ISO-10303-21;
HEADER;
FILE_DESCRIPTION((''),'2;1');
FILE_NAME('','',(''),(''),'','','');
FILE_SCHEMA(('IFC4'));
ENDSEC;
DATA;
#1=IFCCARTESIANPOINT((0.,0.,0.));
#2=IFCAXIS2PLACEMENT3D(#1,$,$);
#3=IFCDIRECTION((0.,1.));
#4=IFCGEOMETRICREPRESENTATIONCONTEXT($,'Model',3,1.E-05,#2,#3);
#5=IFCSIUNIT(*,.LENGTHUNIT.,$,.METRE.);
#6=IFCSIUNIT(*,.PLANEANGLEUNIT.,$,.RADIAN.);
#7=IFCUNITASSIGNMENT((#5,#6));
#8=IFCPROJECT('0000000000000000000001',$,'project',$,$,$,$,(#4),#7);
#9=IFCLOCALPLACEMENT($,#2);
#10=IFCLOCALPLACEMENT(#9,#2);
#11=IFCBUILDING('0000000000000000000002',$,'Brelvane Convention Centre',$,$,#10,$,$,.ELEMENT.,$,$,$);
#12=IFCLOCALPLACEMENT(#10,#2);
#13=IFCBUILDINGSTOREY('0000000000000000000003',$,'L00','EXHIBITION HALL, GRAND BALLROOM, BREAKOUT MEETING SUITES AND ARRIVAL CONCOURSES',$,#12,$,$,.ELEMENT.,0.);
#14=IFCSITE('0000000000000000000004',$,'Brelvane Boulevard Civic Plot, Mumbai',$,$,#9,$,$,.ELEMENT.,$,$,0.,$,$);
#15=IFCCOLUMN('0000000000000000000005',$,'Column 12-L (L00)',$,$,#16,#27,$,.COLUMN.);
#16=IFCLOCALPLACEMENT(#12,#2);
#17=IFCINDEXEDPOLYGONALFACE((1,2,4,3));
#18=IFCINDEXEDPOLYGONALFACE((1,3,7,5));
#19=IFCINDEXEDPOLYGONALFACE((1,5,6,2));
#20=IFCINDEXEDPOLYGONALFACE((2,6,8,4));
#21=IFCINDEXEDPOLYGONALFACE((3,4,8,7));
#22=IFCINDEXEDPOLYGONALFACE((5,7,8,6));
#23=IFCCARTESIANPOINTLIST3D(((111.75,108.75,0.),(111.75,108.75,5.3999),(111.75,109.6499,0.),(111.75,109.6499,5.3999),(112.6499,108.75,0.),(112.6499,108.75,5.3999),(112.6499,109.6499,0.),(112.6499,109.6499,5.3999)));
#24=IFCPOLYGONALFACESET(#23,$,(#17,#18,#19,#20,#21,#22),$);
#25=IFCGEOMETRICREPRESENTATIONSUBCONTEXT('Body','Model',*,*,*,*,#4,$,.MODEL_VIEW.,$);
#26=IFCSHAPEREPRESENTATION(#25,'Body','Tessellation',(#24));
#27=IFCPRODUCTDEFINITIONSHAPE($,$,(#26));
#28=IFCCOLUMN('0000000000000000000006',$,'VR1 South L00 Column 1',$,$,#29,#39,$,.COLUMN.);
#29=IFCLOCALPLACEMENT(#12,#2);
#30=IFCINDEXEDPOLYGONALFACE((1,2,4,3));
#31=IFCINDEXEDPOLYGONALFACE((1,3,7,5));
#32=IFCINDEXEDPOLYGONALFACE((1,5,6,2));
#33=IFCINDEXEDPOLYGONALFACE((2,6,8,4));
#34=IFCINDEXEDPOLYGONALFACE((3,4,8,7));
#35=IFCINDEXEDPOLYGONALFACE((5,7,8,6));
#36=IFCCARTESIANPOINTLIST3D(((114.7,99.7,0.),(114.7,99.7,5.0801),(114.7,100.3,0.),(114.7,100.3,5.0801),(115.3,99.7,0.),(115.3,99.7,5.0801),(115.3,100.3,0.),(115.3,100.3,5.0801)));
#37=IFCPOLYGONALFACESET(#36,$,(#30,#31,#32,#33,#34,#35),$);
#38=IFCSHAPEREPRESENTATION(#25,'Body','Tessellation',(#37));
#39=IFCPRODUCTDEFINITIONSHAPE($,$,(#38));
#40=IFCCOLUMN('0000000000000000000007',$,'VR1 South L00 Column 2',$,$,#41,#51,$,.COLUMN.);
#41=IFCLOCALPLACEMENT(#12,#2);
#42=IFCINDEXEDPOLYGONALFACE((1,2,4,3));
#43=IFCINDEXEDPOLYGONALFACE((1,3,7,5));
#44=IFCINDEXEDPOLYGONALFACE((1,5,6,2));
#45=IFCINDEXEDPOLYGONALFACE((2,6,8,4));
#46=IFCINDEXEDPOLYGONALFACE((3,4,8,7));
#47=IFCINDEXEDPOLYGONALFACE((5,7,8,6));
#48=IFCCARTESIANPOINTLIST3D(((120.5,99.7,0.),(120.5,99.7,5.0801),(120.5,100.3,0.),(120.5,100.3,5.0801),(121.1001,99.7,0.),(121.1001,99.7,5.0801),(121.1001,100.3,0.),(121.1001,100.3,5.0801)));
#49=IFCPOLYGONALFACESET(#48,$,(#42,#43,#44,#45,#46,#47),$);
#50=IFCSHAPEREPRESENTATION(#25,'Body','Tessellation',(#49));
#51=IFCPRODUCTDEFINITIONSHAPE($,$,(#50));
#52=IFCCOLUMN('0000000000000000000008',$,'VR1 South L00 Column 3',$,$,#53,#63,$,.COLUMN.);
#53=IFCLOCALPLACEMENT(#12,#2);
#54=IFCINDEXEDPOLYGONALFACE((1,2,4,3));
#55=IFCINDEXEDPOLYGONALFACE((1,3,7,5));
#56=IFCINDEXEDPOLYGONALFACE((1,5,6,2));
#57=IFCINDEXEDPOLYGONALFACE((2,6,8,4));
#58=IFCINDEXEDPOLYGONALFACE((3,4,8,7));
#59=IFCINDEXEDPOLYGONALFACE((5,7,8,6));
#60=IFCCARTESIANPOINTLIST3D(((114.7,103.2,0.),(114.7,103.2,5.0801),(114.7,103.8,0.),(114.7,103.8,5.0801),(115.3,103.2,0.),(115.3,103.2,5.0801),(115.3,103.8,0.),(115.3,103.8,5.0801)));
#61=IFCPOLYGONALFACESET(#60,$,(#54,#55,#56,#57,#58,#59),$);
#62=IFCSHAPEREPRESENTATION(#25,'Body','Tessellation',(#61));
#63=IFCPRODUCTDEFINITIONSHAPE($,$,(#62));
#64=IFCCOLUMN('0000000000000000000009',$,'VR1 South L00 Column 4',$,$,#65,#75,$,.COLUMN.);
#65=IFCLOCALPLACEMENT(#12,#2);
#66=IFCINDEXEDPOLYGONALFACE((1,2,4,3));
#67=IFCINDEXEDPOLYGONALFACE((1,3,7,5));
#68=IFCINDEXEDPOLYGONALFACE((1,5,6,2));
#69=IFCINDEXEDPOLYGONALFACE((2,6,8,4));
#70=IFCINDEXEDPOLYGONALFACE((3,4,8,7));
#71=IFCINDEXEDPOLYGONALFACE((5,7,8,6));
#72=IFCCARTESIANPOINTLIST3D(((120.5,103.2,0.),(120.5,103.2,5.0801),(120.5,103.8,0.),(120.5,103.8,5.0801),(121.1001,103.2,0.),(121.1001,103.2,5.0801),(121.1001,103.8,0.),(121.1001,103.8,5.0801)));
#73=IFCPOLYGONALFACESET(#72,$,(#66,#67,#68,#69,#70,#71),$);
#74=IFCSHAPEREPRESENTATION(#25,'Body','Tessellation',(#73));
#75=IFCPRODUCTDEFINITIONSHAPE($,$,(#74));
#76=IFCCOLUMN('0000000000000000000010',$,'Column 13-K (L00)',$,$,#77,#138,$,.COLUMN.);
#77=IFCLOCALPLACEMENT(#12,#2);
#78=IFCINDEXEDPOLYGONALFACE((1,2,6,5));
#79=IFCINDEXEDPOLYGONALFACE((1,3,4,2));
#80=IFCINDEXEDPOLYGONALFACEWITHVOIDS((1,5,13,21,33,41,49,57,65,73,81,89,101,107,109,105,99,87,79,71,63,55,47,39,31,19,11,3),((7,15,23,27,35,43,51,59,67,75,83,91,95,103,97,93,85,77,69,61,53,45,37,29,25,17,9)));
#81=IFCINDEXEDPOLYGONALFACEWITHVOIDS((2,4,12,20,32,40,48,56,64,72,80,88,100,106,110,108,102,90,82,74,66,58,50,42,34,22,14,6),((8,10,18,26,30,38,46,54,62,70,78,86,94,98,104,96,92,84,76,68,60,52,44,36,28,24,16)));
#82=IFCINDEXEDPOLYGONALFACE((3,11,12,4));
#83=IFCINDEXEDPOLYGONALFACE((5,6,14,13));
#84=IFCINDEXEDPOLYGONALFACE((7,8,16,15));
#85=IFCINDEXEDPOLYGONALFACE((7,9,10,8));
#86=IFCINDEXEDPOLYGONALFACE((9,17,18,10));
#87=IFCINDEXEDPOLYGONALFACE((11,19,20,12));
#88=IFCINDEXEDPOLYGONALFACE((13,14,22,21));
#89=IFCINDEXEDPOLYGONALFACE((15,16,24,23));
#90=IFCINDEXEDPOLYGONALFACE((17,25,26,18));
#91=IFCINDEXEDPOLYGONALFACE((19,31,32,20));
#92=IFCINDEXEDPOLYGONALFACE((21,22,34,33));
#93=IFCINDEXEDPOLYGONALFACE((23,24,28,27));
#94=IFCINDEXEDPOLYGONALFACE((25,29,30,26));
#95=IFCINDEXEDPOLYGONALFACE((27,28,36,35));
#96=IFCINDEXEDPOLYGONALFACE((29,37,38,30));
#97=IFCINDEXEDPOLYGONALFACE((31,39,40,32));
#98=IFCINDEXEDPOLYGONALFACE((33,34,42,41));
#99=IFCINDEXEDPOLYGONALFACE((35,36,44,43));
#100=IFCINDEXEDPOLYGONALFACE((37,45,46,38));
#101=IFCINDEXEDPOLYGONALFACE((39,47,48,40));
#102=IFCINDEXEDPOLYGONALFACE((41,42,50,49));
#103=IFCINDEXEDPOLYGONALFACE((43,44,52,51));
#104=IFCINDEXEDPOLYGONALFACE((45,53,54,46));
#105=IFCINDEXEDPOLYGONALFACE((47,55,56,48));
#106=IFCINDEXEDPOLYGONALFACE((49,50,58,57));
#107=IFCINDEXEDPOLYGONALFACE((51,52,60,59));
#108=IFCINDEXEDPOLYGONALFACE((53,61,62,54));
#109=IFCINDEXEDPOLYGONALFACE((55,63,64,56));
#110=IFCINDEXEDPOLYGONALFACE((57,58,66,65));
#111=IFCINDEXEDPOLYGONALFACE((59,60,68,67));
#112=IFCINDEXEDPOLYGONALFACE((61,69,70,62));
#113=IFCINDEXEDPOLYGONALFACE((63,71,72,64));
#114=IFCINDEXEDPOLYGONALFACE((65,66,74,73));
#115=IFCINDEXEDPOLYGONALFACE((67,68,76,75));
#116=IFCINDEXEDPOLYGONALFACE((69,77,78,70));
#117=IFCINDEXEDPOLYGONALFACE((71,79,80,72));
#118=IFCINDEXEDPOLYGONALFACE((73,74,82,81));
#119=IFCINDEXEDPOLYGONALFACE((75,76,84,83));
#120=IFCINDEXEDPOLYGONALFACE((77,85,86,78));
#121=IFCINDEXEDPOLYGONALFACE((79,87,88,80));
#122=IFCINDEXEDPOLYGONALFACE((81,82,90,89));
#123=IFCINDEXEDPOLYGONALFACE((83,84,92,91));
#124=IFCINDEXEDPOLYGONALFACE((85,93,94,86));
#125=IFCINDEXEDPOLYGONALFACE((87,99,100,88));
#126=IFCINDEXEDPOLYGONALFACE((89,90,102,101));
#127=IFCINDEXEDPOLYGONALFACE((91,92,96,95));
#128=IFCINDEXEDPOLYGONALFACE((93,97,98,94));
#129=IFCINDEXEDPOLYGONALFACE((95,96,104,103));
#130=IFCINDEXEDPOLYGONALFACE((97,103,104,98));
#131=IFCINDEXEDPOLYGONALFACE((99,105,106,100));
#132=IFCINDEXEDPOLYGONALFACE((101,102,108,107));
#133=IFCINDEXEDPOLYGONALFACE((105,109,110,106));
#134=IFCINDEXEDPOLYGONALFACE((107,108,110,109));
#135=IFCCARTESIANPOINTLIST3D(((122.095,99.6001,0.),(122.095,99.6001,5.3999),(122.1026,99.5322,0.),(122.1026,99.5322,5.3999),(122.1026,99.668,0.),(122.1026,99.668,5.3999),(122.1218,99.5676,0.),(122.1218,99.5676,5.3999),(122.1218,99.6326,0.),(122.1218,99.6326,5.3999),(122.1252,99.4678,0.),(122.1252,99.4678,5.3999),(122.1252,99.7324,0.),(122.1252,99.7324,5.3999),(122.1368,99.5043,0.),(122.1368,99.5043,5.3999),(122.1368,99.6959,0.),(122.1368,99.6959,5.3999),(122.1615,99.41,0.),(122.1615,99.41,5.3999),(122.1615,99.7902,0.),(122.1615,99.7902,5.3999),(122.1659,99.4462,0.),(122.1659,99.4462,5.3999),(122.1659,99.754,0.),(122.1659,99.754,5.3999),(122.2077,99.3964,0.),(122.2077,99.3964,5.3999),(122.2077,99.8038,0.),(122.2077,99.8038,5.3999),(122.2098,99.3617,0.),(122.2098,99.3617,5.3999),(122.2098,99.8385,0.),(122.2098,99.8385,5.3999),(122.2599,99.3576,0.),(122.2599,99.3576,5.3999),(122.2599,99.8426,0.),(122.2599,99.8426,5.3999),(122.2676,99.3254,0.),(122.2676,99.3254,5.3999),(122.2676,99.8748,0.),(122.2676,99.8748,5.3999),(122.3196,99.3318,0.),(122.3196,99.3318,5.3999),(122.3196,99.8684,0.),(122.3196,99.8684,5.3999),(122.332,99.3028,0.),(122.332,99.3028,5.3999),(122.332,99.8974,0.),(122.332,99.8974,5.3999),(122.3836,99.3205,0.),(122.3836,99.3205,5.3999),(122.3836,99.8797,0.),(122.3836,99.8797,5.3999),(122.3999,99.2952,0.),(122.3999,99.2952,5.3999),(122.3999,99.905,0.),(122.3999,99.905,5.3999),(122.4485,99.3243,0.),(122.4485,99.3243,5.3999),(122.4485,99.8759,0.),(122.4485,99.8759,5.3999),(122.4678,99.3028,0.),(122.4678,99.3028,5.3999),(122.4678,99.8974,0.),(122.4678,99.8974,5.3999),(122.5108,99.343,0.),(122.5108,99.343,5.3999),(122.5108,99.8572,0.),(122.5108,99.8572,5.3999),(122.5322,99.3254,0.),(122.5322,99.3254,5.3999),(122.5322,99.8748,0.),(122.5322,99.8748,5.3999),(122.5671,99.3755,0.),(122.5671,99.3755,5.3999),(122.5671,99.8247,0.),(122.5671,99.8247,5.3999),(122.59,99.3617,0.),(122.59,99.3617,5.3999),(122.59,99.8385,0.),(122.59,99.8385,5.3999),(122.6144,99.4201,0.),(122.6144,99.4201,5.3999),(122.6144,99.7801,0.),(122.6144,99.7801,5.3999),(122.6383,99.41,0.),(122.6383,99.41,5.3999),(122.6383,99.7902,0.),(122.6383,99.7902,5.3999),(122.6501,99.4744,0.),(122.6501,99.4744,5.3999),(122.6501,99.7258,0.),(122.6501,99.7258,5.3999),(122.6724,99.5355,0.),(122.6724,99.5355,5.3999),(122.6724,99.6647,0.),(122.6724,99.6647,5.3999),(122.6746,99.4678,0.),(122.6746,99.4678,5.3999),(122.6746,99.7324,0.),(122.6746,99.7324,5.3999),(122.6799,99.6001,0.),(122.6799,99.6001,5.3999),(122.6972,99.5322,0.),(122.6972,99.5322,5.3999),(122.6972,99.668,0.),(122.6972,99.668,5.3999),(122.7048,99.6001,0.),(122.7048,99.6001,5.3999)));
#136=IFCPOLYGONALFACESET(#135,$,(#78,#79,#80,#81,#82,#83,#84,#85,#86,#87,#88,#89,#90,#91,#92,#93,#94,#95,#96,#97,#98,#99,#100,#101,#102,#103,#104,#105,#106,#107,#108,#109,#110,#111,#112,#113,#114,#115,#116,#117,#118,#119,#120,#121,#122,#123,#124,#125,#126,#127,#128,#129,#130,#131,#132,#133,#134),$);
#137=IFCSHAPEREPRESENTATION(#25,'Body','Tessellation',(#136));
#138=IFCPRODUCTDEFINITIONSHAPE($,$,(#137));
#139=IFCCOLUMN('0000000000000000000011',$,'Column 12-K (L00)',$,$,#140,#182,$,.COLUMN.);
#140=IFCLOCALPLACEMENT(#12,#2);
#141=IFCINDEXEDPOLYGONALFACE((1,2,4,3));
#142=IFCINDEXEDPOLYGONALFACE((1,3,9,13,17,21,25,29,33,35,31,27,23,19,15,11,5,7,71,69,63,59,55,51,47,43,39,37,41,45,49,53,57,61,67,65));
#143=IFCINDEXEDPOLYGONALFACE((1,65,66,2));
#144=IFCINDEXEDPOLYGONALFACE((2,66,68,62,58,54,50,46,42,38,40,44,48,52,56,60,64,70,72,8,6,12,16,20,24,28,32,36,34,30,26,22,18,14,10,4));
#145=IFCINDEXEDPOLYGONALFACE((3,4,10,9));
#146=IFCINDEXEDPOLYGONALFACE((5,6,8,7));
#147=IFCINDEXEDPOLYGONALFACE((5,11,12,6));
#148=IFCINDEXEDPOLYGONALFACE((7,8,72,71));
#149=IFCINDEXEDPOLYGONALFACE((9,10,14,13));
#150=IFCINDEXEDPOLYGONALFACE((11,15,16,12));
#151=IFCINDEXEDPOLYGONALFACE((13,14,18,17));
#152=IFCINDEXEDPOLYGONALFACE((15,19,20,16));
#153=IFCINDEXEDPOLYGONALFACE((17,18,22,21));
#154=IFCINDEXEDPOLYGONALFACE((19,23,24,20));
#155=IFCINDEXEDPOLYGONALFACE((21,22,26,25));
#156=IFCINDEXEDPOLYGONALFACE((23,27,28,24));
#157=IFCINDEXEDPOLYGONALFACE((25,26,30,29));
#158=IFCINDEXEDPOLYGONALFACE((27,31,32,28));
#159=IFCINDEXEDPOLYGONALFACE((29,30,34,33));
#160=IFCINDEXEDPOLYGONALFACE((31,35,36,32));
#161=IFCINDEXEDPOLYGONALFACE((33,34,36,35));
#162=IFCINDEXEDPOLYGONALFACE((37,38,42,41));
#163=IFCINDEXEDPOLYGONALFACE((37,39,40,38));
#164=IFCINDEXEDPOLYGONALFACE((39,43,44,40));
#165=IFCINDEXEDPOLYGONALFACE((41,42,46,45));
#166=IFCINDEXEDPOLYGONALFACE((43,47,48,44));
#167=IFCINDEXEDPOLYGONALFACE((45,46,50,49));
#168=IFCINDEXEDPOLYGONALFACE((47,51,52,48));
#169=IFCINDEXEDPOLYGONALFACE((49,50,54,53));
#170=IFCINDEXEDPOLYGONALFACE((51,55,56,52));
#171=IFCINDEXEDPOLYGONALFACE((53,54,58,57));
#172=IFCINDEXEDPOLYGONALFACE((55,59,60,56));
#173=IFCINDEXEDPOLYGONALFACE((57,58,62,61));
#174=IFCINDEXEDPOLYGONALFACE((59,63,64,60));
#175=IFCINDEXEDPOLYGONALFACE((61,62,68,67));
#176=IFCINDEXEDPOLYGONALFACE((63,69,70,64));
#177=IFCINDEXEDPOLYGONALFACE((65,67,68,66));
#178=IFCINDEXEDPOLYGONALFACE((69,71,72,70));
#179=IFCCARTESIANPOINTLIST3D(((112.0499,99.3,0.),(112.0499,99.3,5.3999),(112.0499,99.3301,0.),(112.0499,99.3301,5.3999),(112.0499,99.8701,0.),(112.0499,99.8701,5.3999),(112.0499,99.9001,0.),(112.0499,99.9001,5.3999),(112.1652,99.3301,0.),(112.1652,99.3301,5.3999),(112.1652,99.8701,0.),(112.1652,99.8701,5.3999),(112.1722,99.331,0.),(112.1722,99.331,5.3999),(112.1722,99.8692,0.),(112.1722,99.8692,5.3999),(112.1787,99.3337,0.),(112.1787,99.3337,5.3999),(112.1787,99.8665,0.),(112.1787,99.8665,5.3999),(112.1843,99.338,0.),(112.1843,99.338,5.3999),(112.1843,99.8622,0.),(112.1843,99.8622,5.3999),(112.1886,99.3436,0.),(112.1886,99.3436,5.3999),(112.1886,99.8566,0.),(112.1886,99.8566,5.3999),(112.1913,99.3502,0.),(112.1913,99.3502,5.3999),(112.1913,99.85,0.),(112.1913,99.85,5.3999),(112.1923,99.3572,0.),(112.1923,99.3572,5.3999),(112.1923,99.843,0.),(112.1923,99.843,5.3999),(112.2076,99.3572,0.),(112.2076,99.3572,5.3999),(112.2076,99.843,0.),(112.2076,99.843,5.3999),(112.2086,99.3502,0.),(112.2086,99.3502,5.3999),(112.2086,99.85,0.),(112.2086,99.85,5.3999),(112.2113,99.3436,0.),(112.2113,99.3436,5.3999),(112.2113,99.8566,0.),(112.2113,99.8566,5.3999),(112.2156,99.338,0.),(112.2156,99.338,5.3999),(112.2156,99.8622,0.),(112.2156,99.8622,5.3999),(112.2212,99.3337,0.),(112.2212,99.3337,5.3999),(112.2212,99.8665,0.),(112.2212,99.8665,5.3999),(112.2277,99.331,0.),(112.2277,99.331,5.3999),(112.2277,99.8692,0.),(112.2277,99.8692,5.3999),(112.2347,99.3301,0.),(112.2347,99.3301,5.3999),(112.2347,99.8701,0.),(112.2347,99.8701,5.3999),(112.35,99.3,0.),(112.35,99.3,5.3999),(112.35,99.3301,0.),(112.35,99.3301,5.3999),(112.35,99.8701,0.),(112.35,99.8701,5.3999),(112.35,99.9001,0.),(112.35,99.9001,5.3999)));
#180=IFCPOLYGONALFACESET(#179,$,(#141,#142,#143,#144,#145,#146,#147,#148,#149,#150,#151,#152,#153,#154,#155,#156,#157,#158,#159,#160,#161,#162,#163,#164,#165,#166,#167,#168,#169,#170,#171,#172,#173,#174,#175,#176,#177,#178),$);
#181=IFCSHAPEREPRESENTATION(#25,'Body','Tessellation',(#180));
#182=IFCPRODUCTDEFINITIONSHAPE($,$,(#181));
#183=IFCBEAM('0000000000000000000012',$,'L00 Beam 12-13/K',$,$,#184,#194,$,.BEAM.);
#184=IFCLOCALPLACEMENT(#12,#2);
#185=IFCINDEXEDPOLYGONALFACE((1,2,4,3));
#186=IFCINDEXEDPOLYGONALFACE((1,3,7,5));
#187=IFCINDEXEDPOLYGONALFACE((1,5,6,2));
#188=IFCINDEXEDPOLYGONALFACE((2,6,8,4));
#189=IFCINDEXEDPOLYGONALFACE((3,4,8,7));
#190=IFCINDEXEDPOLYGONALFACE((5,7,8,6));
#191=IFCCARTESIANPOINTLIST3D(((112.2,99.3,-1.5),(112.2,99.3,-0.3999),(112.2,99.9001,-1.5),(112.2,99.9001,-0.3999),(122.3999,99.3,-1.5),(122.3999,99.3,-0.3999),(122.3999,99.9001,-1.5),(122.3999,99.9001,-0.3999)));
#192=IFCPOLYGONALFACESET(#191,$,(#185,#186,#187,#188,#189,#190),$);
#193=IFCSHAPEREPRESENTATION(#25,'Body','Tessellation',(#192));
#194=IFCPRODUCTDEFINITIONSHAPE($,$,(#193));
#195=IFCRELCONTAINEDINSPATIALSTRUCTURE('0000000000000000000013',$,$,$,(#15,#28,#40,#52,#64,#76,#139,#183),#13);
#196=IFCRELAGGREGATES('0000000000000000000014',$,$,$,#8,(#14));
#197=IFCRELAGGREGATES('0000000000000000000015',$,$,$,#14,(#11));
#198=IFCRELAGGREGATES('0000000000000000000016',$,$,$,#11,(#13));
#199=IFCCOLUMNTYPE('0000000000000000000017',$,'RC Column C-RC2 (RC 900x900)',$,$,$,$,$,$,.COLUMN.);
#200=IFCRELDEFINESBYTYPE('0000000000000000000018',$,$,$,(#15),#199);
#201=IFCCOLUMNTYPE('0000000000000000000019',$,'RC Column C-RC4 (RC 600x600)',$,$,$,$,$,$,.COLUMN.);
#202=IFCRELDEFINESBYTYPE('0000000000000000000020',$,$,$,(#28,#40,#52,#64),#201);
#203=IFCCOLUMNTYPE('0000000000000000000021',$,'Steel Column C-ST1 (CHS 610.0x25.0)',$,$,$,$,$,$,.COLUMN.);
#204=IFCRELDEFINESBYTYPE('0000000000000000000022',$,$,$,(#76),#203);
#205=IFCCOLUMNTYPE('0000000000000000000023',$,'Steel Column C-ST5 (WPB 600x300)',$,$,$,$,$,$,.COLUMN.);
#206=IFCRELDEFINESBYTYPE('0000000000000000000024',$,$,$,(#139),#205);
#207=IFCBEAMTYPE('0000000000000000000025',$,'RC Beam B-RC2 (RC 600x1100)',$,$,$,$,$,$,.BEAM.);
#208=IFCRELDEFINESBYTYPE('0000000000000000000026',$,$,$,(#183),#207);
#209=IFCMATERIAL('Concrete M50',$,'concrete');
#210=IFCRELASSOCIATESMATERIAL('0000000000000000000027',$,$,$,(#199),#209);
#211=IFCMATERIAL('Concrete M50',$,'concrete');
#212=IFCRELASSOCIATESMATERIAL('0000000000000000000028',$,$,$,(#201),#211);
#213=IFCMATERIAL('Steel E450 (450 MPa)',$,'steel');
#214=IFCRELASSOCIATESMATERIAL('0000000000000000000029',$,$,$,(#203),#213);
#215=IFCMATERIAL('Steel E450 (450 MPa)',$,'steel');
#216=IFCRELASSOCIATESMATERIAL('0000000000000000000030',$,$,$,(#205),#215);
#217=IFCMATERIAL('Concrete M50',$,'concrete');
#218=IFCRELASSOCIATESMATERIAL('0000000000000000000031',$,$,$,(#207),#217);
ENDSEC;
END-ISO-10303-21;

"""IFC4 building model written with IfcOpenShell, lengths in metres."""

from ifc_helpers import new_model, si_unit, direction, frame, origin, origin_2d, place, context, subcontext, project, spatial, rectangle, hollow_circle, i_section, extrude, material, material_profile, profile_set, type_object, element, save


model = new_model("IFC4")

# Units and contexts
model_context = context("Model", 3, precision=1e-05, world=origin(), true_north=direction((0.0, 1.0)))
body_context = subcontext(model_context, "Body", "Model", "MODEL_VIEW")
ifc_project = project(units=[si_unit("LENGTHUNIT", "METRE"), si_unit("PLANEANGLEUNIT", "RADIAN")], contexts=[model_context])

# Site, building, storey
site_placement = place(None, origin())
site = spatial("IfcSite", under=ifc_project, at=site_placement, Name="Brelvane Boulevard Civic Plot, Mumbai", CompositionType="ELEMENT", RefElevation=0.0)
building_placement = place(site_placement, origin())
building = spatial("IfcBuilding", under=site, at=building_placement, Name="Brelvane Convention Centre", CompositionType="ELEMENT")
storey_placement = place(building_placement, origin())
storey = spatial("IfcBuildingStorey", under=building, at=storey_placement, Name="L00", Description="EXHIBITION HALL, GRAND BALLROOM, BREAKOUT MEETING SUITES AND ARRIVAL CONCOURSES", CompositionType="ELEMENT", Elevation=0.0)

# Columns
ifc_material_1 = material(Name="Concrete M50", Category="concrete")
ifc_material_profile_1 = material_profile(ifc_material_1, rectangle(XDim=0.8999, YDim=0.8999, at=origin_2d()), Name="RC 900x900")
ifc_profile_set_1 = profile_set([ifc_material_profile_1], Name="Concrete M50")
column_type_1 = type_object("IfcColumnType", Name="RC Column C-RC2 (RC 900x900)", PredefinedType="COLUMN", material=ifc_profile_set_1)
column_1_placement = place(storey_placement, frame((112.2, 109.2, 0.0), z_axis=(0.0, 0.0, 1.0), x_axis=(1.0, 0.0, 0.0)))
element("IfcColumn", 1, at=column_1_placement, inside=storey, type_object=column_type_1, Name="Column 12-L (L00)", PredefinedType="COLUMN", context=body_context, shape_type="SweptSolid", body=[
    extrude(rectangle(XDim=0.8999, YDim=0.8999, at=origin_2d()), origin(), (0.0, 0.0, 1.0), 5.3999),
])
ifc_material_2 = material(Name="Concrete M50", Category="concrete")
ifc_material_profile_2 = material_profile(ifc_material_2, rectangle(XDim=0.6001, YDim=0.6001, at=origin_2d()), Name="RC 600x600")
ifc_profile_set_2 = profile_set([ifc_material_profile_2], Name="Concrete M50")
column_type_2 = type_object("IfcColumnType", Name="RC Column C-RC4 (RC 600x600)", PredefinedType="COLUMN", material=ifc_profile_set_2)
for number, where, z_axis, x_axis, name in (
    (2, (115.0, 100.0, 0.0), (0.0, 0.0, 1.0), (1.0, 0.0, 0.0), "VR1 South L00 Column 1"),
    (3, (120.8, 100.0, 0.0), (0.0, 0.0, 1.0), (1.0, 0.0, 0.0), "VR1 South L00 Column 2"),
    (4, (115.0, 103.5, 0.0), (0.0, 0.0, 1.0), (1.0, 0.0, 0.0), "VR1 South L00 Column 3"),
    (5, (120.8, 103.5, 0.0), (0.0, 0.0, 1.0), (1.0, 0.0, 0.0), "VR1 South L00 Column 4"),
):
    element("IfcColumn", number, at=place(storey_placement, frame(where, z_axis=z_axis, x_axis=x_axis)), inside=storey, type_object=column_type_2, Name=name, PredefinedType="COLUMN", context=body_context, shape_type="SweptSolid", body=[
        extrude(rectangle(XDim=0.6001, YDim=0.6001, at=origin_2d()), origin(), (0.0, 0.0, 1.0), 5.0801),
    ])
ifc_material_3 = material(Name="Steel E450 (450 MPa)", Category="steel")
ifc_material_profile_3 = material_profile(ifc_material_3, hollow_circle(Radius=0.3049, WallThickness=0.0249, at=origin_2d()), Name="CHS 610.0x25.0")
ifc_profile_set_3 = profile_set([ifc_material_profile_3], Name="Steel E450 (450 MPa)")
column_type_3 = type_object("IfcColumnType", Name="Steel Column C-ST1 (CHS 610.0x25.0)", PredefinedType="COLUMN", material=ifc_profile_set_3)
column_2_placement = place(storey_placement, frame((122.3999, 99.6001, 0.0), z_axis=(0.0, 0.0, 1.0), x_axis=(1.0, 0.0, 0.0)))
element("IfcColumn", 6, at=column_2_placement, inside=storey, type_object=column_type_3, Name="Column 13-K (L00)", PredefinedType="COLUMN", context=body_context, shape_type="SweptSolid", body=[
    extrude(hollow_circle(Radius=0.3049, WallThickness=0.0249, at=origin_2d()), origin(), (0.0, 0.0, 1.0), 5.3999),
])
ifc_material_4 = material(Name="Steel E450 (450 MPa)", Category="steel")
ifc_material_profile_4 = material_profile(ifc_material_4, i_section(OverallWidth=0.3, OverallDepth=0.6001, WebThickness=0.0154, FlangeThickness=0.03, FilletRadius=0.0271, at=origin_2d()), Name="WPB 600x300")
ifc_profile_set_4 = profile_set([ifc_material_profile_4], Name="Steel E450 (450 MPa)")
column_type_4 = type_object("IfcColumnType", Name="Steel Column C-ST5 (WPB 600x300)", PredefinedType="COLUMN", material=ifc_profile_set_4)
column_3_placement = place(storey_placement, frame((112.2, 99.6001, 0.0), z_axis=(0.0, 0.0, 1.0), x_axis=(1.0, 0.0, 0.0)))
element("IfcColumn", 7, at=column_3_placement, inside=storey, type_object=column_type_4, Name="Column 12-K (L00)", PredefinedType="COLUMN", context=body_context, shape_type="SweptSolid", body=[
    extrude(i_section(OverallWidth=0.3, OverallDepth=0.6001, WebThickness=0.0154, FlangeThickness=0.03, FilletRadius=0.0271, at=origin_2d()), origin(), (0.0, 0.0, 1.0), 5.3999),
])

# Beam
ifc_material_5 = material(Name="Concrete M50", Category="concrete")
ifc_material_profile_5 = material_profile(ifc_material_5, rectangle(XDim=0.6001, YDim=1.1001, at=origin_2d()), Name="RC 600x1100")
ifc_profile_set_5 = profile_set([ifc_material_profile_5], Name="Concrete M50")
beam_type_1 = type_object("IfcBeamType", Name="RC Beam B-RC2 (RC 600x1100)", PredefinedType="BEAM", material=ifc_profile_set_5)
beam_1_placement = place(storey_placement, frame((112.2, 99.6001, -0.95), z_axis=(1.0, 0.0, 0.0), x_axis=(0.0, 1.0, 0.0)))
element("IfcBeam", 8, at=beam_1_placement, inside=storey, type_object=beam_type_1, Name="L00 Beam 12-13/K", PredefinedType="BEAM", context=body_context, shape_type="SweptSolid", body=[
    extrude(rectangle(XDim=0.6001, YDim=1.1001, at=origin_2d()), origin(), (0.0, 0.0, 1.0), 10.2),
])

save(model, "model.ifc")
